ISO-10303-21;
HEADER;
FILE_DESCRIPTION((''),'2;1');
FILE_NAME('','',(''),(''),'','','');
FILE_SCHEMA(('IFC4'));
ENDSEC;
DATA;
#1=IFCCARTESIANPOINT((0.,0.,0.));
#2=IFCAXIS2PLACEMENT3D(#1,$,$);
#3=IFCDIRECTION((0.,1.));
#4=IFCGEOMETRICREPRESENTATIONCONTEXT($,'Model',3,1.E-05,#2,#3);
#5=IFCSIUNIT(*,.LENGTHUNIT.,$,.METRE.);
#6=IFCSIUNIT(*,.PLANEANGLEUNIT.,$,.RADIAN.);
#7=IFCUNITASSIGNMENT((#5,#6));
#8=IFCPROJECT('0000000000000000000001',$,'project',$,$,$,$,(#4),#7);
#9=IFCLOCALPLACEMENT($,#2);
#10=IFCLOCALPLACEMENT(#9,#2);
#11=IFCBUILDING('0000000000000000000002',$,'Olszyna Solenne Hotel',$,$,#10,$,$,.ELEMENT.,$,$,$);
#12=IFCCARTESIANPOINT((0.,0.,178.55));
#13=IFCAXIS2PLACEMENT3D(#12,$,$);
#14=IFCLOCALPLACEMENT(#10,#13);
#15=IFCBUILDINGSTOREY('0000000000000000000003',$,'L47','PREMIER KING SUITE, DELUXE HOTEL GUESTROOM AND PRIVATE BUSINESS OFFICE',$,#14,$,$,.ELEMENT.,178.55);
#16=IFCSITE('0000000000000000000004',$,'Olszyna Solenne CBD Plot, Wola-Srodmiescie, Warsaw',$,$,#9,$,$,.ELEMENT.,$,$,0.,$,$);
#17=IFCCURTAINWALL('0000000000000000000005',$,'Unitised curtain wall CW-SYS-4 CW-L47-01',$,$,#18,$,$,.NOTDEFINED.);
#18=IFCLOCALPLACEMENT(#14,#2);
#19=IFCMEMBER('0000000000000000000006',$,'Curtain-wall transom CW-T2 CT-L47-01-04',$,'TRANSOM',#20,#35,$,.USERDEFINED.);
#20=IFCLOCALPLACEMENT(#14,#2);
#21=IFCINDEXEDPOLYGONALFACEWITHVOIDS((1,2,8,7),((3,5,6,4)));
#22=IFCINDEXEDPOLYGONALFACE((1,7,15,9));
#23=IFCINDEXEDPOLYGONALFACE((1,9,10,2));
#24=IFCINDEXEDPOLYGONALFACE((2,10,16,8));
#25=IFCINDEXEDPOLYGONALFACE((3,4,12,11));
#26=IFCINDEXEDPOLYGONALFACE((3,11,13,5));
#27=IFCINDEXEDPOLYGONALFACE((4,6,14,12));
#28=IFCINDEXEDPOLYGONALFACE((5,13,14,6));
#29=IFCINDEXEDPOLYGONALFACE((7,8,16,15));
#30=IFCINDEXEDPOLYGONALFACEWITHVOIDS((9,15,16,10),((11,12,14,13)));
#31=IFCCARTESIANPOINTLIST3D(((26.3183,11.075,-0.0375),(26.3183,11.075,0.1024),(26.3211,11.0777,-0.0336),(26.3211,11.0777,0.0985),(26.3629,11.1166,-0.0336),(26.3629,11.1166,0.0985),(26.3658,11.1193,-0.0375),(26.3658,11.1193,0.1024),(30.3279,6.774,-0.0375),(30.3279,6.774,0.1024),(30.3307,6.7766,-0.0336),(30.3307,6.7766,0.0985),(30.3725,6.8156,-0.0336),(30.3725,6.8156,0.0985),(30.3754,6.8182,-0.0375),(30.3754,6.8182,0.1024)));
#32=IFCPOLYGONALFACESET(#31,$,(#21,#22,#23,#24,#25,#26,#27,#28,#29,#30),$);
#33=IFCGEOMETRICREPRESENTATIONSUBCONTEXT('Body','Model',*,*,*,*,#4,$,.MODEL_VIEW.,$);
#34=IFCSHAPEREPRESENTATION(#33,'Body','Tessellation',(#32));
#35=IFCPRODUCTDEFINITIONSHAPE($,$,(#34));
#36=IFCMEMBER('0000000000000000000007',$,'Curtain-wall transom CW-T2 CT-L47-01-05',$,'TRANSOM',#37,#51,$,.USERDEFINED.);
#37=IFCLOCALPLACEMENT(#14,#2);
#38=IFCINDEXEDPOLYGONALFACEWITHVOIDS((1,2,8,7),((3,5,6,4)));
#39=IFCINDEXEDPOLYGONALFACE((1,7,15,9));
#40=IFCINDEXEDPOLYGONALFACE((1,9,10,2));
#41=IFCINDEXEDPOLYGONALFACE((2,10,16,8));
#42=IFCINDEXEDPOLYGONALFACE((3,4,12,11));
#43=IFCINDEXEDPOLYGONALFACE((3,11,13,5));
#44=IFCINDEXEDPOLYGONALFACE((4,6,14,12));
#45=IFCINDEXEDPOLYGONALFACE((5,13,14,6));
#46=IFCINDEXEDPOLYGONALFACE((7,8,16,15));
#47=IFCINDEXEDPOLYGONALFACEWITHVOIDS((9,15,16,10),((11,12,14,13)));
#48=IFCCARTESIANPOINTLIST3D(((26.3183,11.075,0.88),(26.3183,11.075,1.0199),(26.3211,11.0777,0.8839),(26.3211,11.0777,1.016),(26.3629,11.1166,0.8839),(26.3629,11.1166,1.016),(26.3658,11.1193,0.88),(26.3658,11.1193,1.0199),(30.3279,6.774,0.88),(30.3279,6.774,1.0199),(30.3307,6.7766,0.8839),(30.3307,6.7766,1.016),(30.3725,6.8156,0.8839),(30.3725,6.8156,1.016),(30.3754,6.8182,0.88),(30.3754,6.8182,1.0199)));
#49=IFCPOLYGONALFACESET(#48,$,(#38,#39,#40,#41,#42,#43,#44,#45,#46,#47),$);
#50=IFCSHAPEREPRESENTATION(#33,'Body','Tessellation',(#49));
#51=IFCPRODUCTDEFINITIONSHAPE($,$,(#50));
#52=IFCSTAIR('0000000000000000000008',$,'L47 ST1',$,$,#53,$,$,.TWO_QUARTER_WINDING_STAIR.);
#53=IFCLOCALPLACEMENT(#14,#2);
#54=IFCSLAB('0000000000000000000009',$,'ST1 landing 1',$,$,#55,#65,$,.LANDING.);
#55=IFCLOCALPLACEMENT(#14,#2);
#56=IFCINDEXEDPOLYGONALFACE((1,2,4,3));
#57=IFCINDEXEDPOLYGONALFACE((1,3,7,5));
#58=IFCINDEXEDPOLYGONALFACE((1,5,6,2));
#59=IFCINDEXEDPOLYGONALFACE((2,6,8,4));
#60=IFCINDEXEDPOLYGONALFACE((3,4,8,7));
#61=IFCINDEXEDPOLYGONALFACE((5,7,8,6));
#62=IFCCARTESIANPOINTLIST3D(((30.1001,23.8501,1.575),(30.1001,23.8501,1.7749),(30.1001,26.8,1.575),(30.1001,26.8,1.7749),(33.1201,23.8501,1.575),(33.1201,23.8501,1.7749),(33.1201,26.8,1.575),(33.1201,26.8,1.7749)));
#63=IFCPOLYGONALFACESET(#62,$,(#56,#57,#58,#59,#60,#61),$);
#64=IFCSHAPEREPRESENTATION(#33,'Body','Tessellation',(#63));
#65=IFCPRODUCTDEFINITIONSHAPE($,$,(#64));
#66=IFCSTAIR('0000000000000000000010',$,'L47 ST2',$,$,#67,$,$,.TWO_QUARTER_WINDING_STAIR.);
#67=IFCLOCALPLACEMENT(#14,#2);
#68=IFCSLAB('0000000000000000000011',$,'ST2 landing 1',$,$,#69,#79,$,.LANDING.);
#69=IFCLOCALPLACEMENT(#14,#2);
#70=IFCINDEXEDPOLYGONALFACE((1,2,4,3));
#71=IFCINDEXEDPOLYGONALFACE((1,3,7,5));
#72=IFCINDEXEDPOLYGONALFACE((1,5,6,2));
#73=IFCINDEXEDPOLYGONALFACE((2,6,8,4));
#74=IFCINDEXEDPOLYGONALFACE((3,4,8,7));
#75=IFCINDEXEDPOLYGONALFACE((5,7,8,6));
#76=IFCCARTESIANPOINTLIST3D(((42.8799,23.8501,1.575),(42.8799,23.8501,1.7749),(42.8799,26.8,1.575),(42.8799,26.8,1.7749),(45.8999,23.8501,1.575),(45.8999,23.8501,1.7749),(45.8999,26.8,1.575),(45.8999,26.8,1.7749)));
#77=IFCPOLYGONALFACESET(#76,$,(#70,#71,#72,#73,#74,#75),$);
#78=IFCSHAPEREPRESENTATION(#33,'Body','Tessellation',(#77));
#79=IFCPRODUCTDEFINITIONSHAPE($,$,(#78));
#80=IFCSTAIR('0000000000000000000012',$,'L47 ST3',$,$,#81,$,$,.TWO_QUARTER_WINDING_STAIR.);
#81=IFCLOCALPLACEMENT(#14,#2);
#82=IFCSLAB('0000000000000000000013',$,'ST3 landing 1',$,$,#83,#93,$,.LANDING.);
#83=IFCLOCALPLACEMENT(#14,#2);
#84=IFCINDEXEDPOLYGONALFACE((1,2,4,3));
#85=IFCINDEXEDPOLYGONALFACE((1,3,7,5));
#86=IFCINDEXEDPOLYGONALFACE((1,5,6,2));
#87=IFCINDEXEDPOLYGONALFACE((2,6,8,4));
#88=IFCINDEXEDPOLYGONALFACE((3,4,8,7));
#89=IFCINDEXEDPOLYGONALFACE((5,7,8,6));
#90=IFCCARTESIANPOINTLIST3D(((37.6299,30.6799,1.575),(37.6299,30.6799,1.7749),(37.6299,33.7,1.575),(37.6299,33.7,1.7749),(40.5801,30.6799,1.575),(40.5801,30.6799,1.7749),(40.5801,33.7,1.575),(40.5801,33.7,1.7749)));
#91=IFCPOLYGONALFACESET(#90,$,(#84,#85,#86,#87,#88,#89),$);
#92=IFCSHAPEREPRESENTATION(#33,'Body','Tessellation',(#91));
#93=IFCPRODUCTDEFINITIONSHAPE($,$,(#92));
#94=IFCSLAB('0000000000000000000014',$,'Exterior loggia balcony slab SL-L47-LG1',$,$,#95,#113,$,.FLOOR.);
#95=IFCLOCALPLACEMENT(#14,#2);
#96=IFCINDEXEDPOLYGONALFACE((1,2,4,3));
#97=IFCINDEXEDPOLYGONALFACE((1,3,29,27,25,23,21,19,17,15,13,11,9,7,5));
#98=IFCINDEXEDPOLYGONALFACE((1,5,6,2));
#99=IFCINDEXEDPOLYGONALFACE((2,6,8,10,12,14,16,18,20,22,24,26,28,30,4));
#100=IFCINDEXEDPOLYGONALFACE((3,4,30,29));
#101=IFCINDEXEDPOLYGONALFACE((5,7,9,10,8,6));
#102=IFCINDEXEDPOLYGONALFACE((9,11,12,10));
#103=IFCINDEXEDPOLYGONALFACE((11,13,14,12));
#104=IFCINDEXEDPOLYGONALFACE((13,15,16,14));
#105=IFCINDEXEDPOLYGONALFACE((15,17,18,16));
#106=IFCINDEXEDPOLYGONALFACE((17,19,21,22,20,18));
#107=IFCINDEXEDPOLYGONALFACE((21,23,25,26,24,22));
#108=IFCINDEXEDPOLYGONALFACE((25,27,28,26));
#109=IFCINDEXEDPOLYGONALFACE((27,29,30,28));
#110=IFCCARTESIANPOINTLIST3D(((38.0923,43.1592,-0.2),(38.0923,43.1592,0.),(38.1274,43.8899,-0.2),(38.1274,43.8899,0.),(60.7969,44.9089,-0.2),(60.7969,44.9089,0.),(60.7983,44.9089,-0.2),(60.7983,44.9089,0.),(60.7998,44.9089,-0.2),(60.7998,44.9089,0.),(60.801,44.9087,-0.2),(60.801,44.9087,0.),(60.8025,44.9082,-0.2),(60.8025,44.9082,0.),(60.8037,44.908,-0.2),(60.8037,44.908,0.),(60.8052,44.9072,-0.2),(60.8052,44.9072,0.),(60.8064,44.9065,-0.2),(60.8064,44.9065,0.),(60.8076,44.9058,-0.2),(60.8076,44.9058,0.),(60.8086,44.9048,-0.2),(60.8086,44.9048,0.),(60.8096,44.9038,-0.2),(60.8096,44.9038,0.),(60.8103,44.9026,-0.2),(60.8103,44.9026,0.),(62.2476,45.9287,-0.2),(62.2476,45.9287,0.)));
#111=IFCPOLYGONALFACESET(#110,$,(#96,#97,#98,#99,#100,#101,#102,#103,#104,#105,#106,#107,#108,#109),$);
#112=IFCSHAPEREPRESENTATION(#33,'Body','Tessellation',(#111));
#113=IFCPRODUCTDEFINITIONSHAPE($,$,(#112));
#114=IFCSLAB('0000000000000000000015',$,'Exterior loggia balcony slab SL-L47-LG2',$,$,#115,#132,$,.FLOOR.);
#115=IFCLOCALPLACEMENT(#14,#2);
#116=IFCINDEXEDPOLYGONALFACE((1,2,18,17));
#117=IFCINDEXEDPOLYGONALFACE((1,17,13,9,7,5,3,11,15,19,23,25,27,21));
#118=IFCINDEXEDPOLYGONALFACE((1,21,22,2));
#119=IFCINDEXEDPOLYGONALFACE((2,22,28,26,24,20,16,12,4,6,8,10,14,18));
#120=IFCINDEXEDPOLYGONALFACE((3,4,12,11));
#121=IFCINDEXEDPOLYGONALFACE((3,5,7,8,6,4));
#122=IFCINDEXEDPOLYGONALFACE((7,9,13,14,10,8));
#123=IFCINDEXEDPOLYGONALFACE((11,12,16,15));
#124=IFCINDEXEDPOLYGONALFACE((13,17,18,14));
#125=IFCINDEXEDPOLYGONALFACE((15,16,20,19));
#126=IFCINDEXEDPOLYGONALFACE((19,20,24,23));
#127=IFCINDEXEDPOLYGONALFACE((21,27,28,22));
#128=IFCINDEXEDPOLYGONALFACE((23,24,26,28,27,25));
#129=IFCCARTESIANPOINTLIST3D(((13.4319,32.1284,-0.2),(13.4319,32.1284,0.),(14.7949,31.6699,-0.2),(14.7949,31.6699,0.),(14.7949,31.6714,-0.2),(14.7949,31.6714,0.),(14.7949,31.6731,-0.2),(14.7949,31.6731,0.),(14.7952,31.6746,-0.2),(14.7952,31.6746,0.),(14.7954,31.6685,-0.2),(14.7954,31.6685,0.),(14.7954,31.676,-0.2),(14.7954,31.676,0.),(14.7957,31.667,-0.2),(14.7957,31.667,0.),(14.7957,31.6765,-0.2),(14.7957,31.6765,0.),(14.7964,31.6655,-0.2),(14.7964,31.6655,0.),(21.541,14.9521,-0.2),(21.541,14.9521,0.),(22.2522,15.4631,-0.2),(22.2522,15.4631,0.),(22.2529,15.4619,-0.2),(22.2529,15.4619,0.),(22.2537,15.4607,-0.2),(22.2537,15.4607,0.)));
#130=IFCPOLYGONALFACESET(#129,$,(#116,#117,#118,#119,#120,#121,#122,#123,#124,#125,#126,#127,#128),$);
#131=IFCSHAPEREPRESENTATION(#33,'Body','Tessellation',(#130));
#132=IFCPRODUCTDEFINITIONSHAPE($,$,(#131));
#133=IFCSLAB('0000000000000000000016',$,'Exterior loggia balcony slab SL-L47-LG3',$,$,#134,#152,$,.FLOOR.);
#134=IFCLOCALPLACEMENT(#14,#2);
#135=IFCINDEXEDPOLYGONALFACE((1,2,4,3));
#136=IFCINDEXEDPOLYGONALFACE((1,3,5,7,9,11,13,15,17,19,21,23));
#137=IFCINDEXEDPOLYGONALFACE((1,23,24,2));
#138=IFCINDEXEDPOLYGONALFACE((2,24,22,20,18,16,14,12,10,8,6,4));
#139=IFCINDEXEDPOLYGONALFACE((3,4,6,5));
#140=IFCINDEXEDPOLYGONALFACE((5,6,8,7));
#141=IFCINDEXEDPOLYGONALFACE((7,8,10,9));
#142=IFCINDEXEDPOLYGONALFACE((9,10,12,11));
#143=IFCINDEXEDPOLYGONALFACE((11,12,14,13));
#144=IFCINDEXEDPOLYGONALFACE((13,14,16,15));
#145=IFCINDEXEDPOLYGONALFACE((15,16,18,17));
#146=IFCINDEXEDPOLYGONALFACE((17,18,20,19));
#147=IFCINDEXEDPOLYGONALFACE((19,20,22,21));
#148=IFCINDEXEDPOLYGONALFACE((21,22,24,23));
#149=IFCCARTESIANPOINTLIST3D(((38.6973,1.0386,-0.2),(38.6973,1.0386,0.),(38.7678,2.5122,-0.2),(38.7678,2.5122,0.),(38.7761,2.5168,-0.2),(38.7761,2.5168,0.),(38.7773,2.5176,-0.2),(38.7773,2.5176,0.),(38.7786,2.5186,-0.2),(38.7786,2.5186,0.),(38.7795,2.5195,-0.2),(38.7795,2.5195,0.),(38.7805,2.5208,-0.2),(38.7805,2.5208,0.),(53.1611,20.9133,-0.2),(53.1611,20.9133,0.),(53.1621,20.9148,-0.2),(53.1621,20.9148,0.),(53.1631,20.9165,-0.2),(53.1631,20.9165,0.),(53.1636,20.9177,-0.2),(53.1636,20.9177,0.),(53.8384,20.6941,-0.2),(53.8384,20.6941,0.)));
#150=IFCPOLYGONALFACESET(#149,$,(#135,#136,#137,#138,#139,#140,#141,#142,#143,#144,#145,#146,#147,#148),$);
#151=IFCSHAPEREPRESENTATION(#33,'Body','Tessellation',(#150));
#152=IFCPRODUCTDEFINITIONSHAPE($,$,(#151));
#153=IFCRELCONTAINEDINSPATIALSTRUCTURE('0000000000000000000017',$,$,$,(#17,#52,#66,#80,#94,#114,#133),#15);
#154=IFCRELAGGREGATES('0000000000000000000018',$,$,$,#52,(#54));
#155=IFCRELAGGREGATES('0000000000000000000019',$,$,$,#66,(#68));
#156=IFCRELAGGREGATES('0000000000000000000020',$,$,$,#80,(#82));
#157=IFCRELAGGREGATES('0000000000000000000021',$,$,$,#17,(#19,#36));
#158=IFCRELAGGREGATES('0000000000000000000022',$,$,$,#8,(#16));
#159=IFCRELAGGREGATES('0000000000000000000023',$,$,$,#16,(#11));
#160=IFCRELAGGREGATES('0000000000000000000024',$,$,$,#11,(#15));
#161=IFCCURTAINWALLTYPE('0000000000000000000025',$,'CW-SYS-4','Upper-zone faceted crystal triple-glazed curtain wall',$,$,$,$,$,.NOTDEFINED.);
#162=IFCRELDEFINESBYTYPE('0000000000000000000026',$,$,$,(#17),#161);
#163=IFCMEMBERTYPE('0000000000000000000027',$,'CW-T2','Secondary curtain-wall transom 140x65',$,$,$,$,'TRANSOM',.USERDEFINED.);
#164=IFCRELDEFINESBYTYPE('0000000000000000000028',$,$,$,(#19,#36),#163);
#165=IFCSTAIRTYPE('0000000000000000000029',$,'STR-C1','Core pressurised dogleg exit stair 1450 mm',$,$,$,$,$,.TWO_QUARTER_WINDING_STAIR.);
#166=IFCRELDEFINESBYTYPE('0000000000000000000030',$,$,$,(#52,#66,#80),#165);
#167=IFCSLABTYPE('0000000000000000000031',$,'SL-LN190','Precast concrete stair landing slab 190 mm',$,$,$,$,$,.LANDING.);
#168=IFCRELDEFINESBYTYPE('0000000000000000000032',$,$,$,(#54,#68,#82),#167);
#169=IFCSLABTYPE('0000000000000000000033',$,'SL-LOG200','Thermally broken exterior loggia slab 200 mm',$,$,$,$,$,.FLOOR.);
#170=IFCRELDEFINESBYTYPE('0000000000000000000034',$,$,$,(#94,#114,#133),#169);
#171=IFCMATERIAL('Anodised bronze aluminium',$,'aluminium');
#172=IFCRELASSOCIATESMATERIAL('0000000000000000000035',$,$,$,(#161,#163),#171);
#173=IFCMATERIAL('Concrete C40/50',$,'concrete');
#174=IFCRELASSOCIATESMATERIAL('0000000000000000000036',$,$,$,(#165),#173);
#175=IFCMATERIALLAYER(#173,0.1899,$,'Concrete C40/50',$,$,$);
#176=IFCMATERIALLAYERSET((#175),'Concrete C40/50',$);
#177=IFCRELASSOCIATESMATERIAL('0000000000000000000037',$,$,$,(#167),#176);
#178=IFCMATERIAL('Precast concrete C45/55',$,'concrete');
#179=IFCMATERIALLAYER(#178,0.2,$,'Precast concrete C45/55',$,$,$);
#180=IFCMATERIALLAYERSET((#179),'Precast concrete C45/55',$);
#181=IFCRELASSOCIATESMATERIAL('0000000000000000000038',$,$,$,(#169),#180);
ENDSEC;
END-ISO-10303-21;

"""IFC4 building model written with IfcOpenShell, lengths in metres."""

from ifc_helpers import new_model, si_unit, direction, frame, origin, origin_2d, place, context, subcontext, project, spatial, polyline, hollow_rectangle, outline, extrude, source, transform, mapped, material, layer, layer_set, material_profile, profile_set, type_object, element, aggregate, save


model = new_model("IFC4")

# Units and contexts
model_context = context("Model", 3, precision=1e-05, world=origin(), true_north=direction((0.0, 1.0)))
body_context = subcontext(model_context, "Body", "Model", "MODEL_VIEW")
ifc_project = project(units=[si_unit("LENGTHUNIT", "METRE"), si_unit("PLANEANGLEUNIT", "RADIAN")], contexts=[model_context])

# Site, building, storey
site_placement = place(None, origin())
site = spatial("IfcSite", under=ifc_project, at=site_placement, Name="Olszyna Solenne CBD Plot, Wola-Srodmiescie, Warsaw", CompositionType="ELEMENT", RefElevation=0.0)
building_placement = place(site_placement, origin())
building = spatial("IfcBuilding", under=site, at=building_placement, Name="Olszyna Solenne Hotel", CompositionType="ELEMENT")
storey_placement = place(building_placement, frame((0.0, 0.0, 178.55)))
storey = spatial("IfcBuildingStorey", under=building, at=storey_placement, Name="L47", Description="PREMIER KING SUITE, DELUXE HOTEL GUESTROOM AND PRIVATE BUSINESS OFFICE", CompositionType="ELEMENT", Elevation=178.55)

# Curtain wall, members
ifc_material_1 = material(Name="Anodised bronze aluminium", Category="aluminium")
curtain_wall_type = type_object("IfcCurtainWallType", Name="CW-SYS-4", Description="Upper-zone faceted crystal triple-glazed curtain wall", PredefinedType="NOTDEFINED", material=ifc_material_1)
curtain_wall_placement = place(storey_placement, origin())
curtain_wall = element("IfcCurtainWall", 1, at=curtain_wall_placement, inside=storey, type_object=curtain_wall_type, Name="Unitised curtain wall CW-SYS-4 CW-L47-01", PredefinedType="NOTDEFINED")
ifc_material_profile_1 = material_profile(ifc_material_1, hollow_rectangle(XDim=0.0649, YDim=0.1399, WallThickness=0.0039, at=origin_2d()), Name="TRAN 140x65x4", Category="load-bearing")
ifc_profile_set_1 = profile_set([ifc_material_profile_1], Name="Anodised bronze aluminium")
member_type_1 = type_object("IfcMemberType", Name="CW-T2", Description="Secondary curtain-wall transom 140x65", ElementType="TRANSOM", PredefinedType="USERDEFINED", material=ifc_profile_set_1)
shared_shape_1 = source(origin(), body_context, "Body", "SweptSolid", [
    extrude(hollow_rectangle(XDim=0.0649, YDim=0.1399, WallThickness=0.0039, at=origin_2d()), origin(), (0.0, 0.0, 1.0), 5.8801),
])
member_1_placement = place(storey_placement, frame((26.342, 11.0972, 0.0325), z_axis=(0.681885, -0.73146, 0.0), x_axis=(0.73146, 0.681885, 0.0)))
member_1 = element("IfcMember", 2, at=member_1_placement, type_object=member_type_1, Name="Curtain-wall transom CW-T2 CT-L47-01-04", ObjectType="TRANSOM", PredefinedType="USERDEFINED", context=body_context, shape_type="MappedRepresentation", body=[
    mapped(shared_shape_1, transform((0.0, 0.0, 0.0), x_axis=(1.0, 0.0, 0.0), y_axis=(0.0, 1.0, 0.0), z_axis=(0.0, 0.0, 1.0), scale=1.0)),
])
member_2_placement = place(storey_placement, frame((26.342, 11.0972, 0.95), z_axis=(0.681885, -0.73146, 0.0), x_axis=(0.73146, 0.681885, 0.0)))
member_2 = element("IfcMember", 3, at=member_2_placement, type_object=member_type_1, Name="Curtain-wall transom CW-T2 CT-L47-01-05", ObjectType="TRANSOM", PredefinedType="USERDEFINED", context=body_context, shape_type="MappedRepresentation", body=[
    mapped(shared_shape_1, transform((0.0, 0.0, 0.0), x_axis=(1.0, 0.0, 0.0), y_axis=(0.0, 1.0, 0.0), z_axis=(0.0, 0.0, 1.0), scale=1.0)),
])

# Stairs, slabs
ifc_material_2 = material(Name="Concrete C40/50", Category="concrete")
stair_type = type_object("IfcStairType", Name="STR-C1", Description="Core pressurised dogleg exit stair 1450 mm", PredefinedType="TWO_QUARTER_WINDING_STAIR", material=ifc_material_2)
stair_1_placement = place(storey_placement, origin())
stair_1 = element("IfcStair", 4, at=stair_1_placement, inside=storey, type_object=stair_type, Name="L47 ST1", PredefinedType="TWO_QUARTER_WINDING_STAIR")
ifc_layer_1 = layer(ifc_material_2, 0.1899, Name="Concrete C40/50")
ifc_layer_set_1 = layer_set([ifc_layer_1], Name="Concrete C40/50")
slab_type_1 = type_object("IfcSlabType", Name="SL-LN190", Description="Precast concrete stair landing slab 190 mm", PredefinedType="LANDING", material=ifc_layer_set_1)
slab_1_placement = place(storey_placement, frame((0.0, 0.0, 1.575)))
slab_1 = element("IfcSlab", 5, at=slab_1_placement, type_object=slab_type_1, Name="ST1 landing 1", PredefinedType="LANDING", context=body_context, shape_type="SweptSolid", body=[
    extrude(outline(polyline([(33.1201, 23.8501), (33.1201, 26.8), (30.1001, 26.8), (30.1001, 23.8501), (33.1201, 23.8501)])), origin(), (0.0, 0.0, 1.0), 0.2),
])
aggregate(stair_1, [slab_1])
stair_2_placement = place(storey_placement, origin())
stair_2 = element("IfcStair", 6, at=stair_2_placement, inside=storey, type_object=stair_type, Name="L47 ST2", PredefinedType="TWO_QUARTER_WINDING_STAIR")
slab_2_placement = place(storey_placement, frame((0.0, 0.0, 1.575)))
slab_2 = element("IfcSlab", 7, at=slab_2_placement, type_object=slab_type_1, Name="ST2 landing 1", PredefinedType="LANDING", context=body_context, shape_type="SweptSolid", body=[
    extrude(outline(polyline([(45.8999, 23.8501), (45.8999, 26.8), (42.8799, 26.8), (42.8799, 23.8501), (45.8999, 23.8501)])), origin(), (0.0, 0.0, 1.0), 0.2),
])
aggregate(stair_2, [slab_2])
stair_3_placement = place(storey_placement, origin())
stair_3 = element("IfcStair", 8, at=stair_3_placement, inside=storey, type_object=stair_type, Name="L47 ST3", PredefinedType="TWO_QUARTER_WINDING_STAIR")
slab_3_placement = place(storey_placement, frame((0.0, 0.0, 1.575)))
slab_3 = element("IfcSlab", 9, at=slab_3_placement, type_object=slab_type_1, Name="ST3 landing 1", PredefinedType="LANDING", context=body_context, shape_type="SweptSolid", body=[
    extrude(outline(polyline([(37.6299, 30.6799), (40.5801, 30.6799), (40.5801, 33.7), (37.6299, 33.7), (37.6299, 30.6799)])), origin(), (0.0, 0.0, 1.0), 0.2),
])
aggregate(stair_3, [slab_3])

# Slabs
ifc_material_3 = material(Name="Precast concrete C45/55", Category="concrete")
ifc_layer_2 = layer(ifc_material_3, 0.2, Name="Precast concrete C45/55")
ifc_layer_set_2 = layer_set([ifc_layer_2], Name="Precast concrete C45/55")
slab_type_2 = type_object("IfcSlabType", Name="SL-LOG200", Description="Thermally broken exterior loggia slab 200 mm", PredefinedType="FLOOR", material=ifc_layer_set_2)
slab_4_placement = place(storey_placement, frame((0.0, 0.0, -0.2)))
element("IfcSlab", 10, at=slab_4_placement, inside=storey, type_object=slab_type_2, Name="Exterior loggia balcony slab SL-L47-LG1", PredefinedType="FLOOR", context=body_context, shape_type="SweptSolid", body=[
    extrude(outline(polyline([(38.0923, 43.1592), (60.7969, 44.9089), (60.7983, 44.9089), (60.7998, 44.9089), (60.801, 44.9087), (60.8025, 44.9082), (60.8037, 44.908), (60.8052, 44.9072), (60.8064, 44.9065), (60.8076, 44.9058), (60.8086, 44.9048), (60.8096, 44.9038), (60.8103, 44.9026), (62.2476, 45.9287), (38.1274, 43.8899), (38.0923, 43.1592)])), origin(), (0.0, 0.0, 1.0), 0.2),
])
slab_5_placement = place(storey_placement, frame((0.0, 0.0, -0.2)))
element("IfcSlab", 11, at=slab_5_placement, inside=storey, type_object=slab_type_2, Name="Exterior loggia balcony slab SL-L47-LG2", PredefinedType="FLOOR", context=body_context, shape_type="SweptSolid", body=[
    extrude(outline(polyline([(22.2537, 15.4607), (22.2529, 15.4619), (22.2522, 15.4631), (14.7964, 31.6655), (14.7957, 31.667), (14.7954, 31.6685), (14.7949, 31.6699), (14.7949, 31.6714), (14.7949, 31.6731), (14.7952, 31.6746), (14.7954, 31.676), (14.7957, 31.6765), (13.4319, 32.1284), (21.541, 14.9521), (22.2537, 15.4607)])), origin(), (0.0, 0.0, 1.0), 0.2),
])
slab_6_placement = place(storey_placement, frame((0.0, 0.0, -0.2)))
element("IfcSlab", 12, at=slab_6_placement, inside=storey, type_object=slab_type_2, Name="Exterior loggia balcony slab SL-L47-LG3", PredefinedType="FLOOR", context=body_context, shape_type="SweptSolid", body=[
    extrude(outline(polyline([(53.1636, 20.9177), (53.1631, 20.9165), (53.1621, 20.9148), (53.1611, 20.9133), (38.7805, 2.5208), (38.7795, 2.5195), (38.7786, 2.5186), (38.7773, 2.5176), (38.7761, 2.5168), (38.7678, 2.5122), (38.6973, 1.0386), (53.8384, 20.6941), (53.1636, 20.9177)])), origin(), (0.0, 0.0, 1.0), 0.2),
])

aggregate(curtain_wall, [member_1, member_2])

save(model, "model.ifc")
